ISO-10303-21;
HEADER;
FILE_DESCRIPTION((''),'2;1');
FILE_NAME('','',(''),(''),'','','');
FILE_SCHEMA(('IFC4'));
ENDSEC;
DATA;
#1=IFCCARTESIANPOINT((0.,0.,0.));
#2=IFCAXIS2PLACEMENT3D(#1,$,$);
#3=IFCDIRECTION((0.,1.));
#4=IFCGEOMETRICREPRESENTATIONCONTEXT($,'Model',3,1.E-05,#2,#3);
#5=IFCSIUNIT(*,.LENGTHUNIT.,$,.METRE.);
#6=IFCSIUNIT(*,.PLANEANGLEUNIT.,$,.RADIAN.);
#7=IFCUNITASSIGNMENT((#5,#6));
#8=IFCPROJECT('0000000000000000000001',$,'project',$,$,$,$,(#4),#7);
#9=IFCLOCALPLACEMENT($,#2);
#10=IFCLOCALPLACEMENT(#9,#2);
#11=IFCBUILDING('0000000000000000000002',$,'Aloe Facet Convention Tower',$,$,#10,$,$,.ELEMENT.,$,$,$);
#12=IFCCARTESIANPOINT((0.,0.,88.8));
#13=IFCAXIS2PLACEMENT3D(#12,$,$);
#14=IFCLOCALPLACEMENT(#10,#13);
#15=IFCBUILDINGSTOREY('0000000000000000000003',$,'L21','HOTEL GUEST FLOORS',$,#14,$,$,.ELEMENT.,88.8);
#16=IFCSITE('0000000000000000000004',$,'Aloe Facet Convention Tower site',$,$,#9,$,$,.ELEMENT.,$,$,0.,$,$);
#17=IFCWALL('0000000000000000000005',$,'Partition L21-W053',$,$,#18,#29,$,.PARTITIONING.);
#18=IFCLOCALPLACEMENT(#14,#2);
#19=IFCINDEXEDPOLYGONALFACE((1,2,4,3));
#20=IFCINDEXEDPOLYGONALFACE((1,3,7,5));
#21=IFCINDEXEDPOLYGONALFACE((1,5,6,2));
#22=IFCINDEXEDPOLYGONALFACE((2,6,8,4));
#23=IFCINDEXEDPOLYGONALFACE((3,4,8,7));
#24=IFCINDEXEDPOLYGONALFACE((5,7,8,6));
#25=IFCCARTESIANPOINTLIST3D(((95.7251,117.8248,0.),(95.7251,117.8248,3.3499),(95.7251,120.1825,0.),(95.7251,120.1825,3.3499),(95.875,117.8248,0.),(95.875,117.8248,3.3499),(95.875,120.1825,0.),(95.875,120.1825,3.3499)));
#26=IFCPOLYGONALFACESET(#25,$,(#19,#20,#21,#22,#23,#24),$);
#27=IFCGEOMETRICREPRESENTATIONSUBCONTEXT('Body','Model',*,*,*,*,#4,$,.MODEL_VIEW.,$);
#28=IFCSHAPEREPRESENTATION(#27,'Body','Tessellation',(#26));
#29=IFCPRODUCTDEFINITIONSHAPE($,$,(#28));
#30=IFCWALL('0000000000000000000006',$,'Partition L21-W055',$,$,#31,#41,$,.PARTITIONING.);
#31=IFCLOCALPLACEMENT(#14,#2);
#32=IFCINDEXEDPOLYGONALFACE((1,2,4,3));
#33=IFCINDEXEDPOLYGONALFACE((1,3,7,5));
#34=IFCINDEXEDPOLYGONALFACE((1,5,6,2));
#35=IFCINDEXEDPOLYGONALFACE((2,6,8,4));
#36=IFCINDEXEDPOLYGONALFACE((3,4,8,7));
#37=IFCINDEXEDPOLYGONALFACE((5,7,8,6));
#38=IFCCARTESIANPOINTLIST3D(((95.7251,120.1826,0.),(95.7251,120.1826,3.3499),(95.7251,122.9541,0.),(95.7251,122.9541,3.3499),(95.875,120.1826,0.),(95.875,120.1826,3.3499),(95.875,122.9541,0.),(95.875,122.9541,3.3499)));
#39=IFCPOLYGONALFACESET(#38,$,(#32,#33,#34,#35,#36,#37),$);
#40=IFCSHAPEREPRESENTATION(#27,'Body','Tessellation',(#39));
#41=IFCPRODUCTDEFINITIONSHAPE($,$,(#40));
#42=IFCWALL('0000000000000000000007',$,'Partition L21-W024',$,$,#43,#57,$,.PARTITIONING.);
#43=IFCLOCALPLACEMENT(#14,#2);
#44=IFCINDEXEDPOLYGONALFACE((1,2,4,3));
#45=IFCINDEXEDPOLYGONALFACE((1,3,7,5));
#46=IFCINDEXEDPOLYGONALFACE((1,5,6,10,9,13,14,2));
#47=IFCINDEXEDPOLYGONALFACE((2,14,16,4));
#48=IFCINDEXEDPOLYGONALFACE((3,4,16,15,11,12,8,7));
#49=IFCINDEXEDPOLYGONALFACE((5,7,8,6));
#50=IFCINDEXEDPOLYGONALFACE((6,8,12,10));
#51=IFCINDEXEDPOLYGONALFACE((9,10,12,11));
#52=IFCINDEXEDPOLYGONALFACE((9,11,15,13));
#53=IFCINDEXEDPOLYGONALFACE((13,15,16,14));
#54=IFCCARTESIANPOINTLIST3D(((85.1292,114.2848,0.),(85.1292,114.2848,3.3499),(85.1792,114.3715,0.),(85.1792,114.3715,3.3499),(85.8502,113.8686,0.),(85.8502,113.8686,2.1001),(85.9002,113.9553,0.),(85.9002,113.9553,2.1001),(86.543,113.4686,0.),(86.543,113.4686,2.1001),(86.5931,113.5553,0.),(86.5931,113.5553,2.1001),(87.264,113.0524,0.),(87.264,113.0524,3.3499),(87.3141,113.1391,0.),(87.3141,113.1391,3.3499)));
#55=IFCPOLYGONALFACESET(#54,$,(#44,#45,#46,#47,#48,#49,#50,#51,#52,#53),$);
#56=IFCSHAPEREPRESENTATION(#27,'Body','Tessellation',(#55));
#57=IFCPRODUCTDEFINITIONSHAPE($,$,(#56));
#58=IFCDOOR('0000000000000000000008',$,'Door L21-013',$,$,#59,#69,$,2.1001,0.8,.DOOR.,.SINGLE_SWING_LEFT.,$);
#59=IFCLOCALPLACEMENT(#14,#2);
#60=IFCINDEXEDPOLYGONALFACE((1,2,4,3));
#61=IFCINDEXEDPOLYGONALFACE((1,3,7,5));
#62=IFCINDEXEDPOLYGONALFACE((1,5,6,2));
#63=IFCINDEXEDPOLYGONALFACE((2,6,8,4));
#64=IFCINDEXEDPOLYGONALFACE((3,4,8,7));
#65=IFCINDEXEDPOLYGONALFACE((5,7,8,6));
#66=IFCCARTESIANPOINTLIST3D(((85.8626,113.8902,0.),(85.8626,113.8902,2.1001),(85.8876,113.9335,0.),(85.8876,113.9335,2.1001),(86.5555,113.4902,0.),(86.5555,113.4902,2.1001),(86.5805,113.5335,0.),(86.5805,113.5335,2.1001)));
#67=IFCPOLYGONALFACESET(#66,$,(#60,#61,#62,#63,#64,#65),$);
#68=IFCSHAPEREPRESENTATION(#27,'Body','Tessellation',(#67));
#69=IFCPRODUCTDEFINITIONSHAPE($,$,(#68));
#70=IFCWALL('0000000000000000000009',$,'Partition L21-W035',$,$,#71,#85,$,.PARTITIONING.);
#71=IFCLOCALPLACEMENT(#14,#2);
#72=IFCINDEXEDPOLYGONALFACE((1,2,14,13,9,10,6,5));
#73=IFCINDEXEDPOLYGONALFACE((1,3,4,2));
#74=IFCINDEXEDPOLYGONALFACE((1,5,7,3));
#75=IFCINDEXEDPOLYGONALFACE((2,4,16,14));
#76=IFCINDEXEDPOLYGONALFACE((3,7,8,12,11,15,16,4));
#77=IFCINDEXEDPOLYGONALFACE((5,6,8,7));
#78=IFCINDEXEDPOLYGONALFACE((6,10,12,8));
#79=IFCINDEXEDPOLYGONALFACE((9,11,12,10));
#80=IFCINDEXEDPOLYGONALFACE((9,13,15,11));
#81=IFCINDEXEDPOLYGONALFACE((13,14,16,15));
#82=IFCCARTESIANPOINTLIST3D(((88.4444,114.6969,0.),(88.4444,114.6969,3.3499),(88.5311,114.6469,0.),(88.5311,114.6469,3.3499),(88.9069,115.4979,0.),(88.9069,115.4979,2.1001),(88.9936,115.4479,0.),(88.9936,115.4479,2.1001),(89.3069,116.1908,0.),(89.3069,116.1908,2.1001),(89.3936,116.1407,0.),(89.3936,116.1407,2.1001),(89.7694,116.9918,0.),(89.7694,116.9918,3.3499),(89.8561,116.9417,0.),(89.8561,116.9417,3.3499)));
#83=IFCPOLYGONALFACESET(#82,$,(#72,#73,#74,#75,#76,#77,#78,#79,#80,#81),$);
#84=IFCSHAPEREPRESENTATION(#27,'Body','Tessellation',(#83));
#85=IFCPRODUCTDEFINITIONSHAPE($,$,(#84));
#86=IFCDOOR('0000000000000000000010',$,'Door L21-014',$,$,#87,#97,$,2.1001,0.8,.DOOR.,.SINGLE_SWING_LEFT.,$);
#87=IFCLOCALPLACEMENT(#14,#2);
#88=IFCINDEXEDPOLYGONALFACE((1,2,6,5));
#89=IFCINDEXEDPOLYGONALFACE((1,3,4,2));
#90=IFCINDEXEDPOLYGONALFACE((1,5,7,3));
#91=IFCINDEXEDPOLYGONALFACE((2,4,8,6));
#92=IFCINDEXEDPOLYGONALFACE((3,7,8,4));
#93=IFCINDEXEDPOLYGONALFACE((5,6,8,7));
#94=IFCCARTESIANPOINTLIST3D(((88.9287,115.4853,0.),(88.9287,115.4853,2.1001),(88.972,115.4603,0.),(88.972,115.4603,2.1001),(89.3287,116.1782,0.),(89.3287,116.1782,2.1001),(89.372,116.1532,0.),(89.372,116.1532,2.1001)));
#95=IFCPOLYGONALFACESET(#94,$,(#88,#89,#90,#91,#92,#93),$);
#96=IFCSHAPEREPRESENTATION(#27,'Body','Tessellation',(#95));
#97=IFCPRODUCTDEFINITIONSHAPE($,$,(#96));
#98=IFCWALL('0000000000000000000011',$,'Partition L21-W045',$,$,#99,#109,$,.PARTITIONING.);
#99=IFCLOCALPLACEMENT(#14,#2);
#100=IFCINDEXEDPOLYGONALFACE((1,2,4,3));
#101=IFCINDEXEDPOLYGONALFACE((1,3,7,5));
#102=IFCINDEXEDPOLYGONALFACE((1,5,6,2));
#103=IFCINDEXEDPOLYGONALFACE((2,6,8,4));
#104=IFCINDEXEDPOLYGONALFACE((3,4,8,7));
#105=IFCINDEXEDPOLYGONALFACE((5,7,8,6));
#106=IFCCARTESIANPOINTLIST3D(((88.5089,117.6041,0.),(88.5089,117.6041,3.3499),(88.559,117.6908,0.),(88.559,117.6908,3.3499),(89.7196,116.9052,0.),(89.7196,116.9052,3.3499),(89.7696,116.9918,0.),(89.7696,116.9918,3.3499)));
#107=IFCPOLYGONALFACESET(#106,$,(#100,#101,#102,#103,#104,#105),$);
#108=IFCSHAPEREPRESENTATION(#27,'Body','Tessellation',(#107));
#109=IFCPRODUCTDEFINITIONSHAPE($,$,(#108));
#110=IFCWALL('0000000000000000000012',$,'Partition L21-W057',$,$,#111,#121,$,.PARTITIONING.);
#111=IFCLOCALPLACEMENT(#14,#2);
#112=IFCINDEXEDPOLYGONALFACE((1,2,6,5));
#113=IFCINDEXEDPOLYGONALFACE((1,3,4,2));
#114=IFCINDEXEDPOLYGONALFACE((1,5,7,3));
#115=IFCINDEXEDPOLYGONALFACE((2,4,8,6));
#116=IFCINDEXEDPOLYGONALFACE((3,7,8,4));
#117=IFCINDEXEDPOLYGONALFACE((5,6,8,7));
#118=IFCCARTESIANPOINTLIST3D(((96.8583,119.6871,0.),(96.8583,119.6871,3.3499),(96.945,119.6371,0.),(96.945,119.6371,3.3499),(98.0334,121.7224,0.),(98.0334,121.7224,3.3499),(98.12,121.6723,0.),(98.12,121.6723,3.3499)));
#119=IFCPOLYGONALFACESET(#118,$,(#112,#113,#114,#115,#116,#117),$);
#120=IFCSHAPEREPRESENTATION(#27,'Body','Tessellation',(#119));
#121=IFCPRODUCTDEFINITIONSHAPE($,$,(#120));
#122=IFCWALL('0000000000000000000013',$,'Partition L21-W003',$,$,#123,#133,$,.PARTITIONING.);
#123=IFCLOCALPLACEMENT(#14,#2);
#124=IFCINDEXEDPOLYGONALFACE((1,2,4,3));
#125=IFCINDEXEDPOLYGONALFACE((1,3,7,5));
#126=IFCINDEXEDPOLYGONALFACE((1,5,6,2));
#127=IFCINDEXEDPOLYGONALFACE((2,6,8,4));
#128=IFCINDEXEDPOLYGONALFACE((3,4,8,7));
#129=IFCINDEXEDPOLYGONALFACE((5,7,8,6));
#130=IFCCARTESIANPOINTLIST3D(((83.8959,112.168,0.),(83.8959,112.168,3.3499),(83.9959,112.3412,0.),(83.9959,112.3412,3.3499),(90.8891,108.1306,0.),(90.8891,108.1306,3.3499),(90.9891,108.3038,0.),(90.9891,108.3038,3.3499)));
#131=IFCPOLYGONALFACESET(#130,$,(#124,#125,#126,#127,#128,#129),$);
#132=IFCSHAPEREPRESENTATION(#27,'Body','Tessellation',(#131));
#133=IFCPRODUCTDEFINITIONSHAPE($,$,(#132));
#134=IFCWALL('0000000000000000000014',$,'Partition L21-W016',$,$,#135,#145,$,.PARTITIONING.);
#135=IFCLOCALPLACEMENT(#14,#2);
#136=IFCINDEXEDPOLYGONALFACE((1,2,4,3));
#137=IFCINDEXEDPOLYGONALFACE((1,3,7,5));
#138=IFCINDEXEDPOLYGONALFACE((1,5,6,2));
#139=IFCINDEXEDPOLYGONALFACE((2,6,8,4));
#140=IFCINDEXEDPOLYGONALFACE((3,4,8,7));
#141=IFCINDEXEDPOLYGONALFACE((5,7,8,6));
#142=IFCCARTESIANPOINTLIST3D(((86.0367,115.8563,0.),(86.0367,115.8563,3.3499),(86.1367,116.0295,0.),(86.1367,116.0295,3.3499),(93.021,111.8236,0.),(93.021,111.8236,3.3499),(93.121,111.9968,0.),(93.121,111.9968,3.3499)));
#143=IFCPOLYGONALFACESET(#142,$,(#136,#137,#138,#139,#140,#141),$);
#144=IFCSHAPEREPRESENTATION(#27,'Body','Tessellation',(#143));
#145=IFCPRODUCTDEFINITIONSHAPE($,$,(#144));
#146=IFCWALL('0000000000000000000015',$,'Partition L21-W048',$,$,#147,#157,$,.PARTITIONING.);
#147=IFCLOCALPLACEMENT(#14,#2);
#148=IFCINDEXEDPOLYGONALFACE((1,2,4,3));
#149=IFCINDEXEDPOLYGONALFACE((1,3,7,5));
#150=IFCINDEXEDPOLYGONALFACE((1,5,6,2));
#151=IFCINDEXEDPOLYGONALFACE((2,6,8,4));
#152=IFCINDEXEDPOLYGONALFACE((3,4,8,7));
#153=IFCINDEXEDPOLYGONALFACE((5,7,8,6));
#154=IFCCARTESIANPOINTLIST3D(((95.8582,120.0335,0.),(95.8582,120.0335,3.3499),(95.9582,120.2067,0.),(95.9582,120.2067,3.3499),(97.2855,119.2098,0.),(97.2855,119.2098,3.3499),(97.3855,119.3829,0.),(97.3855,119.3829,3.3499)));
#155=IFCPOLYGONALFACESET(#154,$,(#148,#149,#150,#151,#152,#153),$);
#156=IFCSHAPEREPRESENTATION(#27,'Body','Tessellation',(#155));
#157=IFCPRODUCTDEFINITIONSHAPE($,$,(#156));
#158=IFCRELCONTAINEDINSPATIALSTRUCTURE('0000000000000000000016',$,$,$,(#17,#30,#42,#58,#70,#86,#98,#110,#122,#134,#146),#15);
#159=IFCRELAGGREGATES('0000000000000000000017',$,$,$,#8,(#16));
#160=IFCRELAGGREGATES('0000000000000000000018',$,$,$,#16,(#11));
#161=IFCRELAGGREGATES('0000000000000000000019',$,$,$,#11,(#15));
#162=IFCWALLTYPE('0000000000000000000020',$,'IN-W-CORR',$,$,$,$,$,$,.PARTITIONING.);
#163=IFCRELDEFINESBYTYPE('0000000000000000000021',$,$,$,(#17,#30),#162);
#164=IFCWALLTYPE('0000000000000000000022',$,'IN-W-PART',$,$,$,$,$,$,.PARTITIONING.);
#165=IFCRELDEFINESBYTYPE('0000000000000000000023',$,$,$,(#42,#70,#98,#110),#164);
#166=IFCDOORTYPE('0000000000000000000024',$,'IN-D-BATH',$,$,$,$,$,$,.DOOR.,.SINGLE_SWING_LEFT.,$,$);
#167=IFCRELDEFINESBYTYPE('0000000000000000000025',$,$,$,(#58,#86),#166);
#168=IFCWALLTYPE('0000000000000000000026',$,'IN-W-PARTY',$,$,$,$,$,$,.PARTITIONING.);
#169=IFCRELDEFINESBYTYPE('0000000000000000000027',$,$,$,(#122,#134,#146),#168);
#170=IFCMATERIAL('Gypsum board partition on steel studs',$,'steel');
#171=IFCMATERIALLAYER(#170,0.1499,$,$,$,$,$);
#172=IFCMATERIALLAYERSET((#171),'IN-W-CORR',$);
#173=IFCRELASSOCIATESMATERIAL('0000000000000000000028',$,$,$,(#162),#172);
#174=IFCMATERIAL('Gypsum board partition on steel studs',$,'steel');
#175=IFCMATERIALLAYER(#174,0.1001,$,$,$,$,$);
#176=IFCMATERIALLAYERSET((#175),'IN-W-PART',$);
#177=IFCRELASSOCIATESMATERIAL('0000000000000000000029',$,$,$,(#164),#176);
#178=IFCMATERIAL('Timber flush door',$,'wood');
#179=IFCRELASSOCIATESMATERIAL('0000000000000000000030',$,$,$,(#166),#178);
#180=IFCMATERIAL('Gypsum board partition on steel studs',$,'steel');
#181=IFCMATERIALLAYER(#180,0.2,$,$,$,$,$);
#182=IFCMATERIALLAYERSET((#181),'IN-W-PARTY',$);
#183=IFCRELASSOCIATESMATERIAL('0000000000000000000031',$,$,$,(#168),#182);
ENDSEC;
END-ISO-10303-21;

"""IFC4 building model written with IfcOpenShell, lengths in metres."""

from ifc_helpers import new_model, si_unit, direction, frame, frame_2d, origin, place, context, subcontext, project, spatial, rectangle, extrude, material, layer, layer_set, type_object, element, fill, save


model = new_model("IFC4")

# Units and contexts
model_context = context("Model", 3, precision=1e-05, world=origin(), true_north=direction((0.0, 1.0)))
body_context = subcontext(model_context, "Body", "Model", "MODEL_VIEW")
ifc_project = project(units=[si_unit("LENGTHUNIT", "METRE"), si_unit("PLANEANGLEUNIT", "RADIAN")], contexts=[model_context])

# Site, building, storey
site_placement = place(None, origin())
site = spatial("IfcSite", under=ifc_project, at=site_placement, Name="Aloe Facet Convention Tower site", CompositionType="ELEMENT", RefElevation=0.0)
building_placement = place(site_placement, origin())
building = spatial("IfcBuilding", under=site, at=building_placement, Name="Aloe Facet Convention Tower", CompositionType="ELEMENT")
storey_placement = place(building_placement, frame((0.0, 0.0, 88.8)))
storey = spatial("IfcBuildingStorey", under=building, at=storey_placement, Name="L21", Description="HOTEL GUEST FLOORS", CompositionType="ELEMENT", Elevation=88.8)

# Shared definitions
ifc_material_1 = material(Name="Gypsum board partition on steel studs", Category="steel")
ifc_layer_1 = layer(ifc_material_1, 0.1499)
ifc_layer_set_1 = layer_set([ifc_layer_1], Name="IN-W-CORR")
wall_type_1 = type_object("IfcWallType", Name="IN-W-CORR", PredefinedType="PARTITIONING", material=ifc_layer_set_1)

# Walls
wall_1_placement = place(storey_placement, frame((95.8, 117.825, 0.0), z_axis=(0.0, 0.0, 1.0), x_axis=(0.0, 1.0, 0.0)))
element("IfcWall", 1, at=wall_1_placement, inside=storey, type_object=wall_type_1, Name="Partition L21-W053", PredefinedType="PARTITIONING", context=body_context, shape_type="SweptSolid", body=[
    extrude(rectangle(XDim=2.3577, YDim=0.1499, at=frame_2d((1.1787, 0.0))), origin(), (0.0, 0.0, 1.0), 3.3499),
])
wall_2_placement = place(storey_placement, frame((95.8, 120.1826, 0.0), z_axis=(0.0, 0.0, 1.0), x_axis=(0.0, 1.0, 0.0)))
element("IfcWall", 2, at=wall_2_placement, inside=storey, type_object=wall_type_1, Name="Partition L21-W055", PredefinedType="PARTITIONING", context=body_context, shape_type="SweptSolid", body=[
    extrude(rectangle(XDim=2.7715, YDim=0.1499, at=frame_2d((1.3857, 0.0))), origin(), (0.0, 0.0, 1.0), 3.3499),
])

# Walls, openings, doors
ifc_material_2 = material(Name="Gypsum board partition on steel studs", Category="steel")
ifc_layer_2 = layer(ifc_material_2, 0.1001)
ifc_layer_set_2 = layer_set([ifc_layer_2], Name="IN-W-PART")
wall_type_2 = type_object("IfcWallType", Name="IN-W-PART", PredefinedType="PARTITIONING", material=ifc_layer_set_2)
wall_3_placement = place(storey_placement, frame((85.1543, 114.3281, 0.0), z_axis=(0.0, 0.0, 1.0), x_axis=(0.86604, -0.499974, 0.0)))
wall_3 = element("IfcWall", 3, at=wall_3_placement, inside=storey, type_object=wall_type_2, Name="Partition L21-W024", PredefinedType="PARTITIONING", context=body_context, shape_type="SweptSolid", body=[
    extrude(rectangle(XDim=2.4651, YDim=0.1001, at=frame_2d((1.2324, 0.0))), origin(), (0.0, 0.0, 1.0), 3.3499),
])
opening_1_placement = place(wall_3_placement, frame((0.8325, 0.0, 0.0)))
opening_1 = element("IfcOpeningElement", 4, at=opening_1_placement, cuts=wall_3, PredefinedType="OPENING", context=body_context, shape_type="SweptSolid", body=[
    extrude(rectangle(XDim=0.8, YDim=2.1001, at=frame_2d((0.3999, 1.05))), frame((0.0, 0.0601, 0.0), z_axis=(0.0, -1.0, 0.0), x_axis=(1.0, 0.0, 0.0)), (0.0, 0.0, 1.0), 0.1201),
])
ifc_material_3 = material(Name="Timber flush door", Category="wood")
door_type_1 = type_object("IfcDoorType", Name="IN-D-BATH", OperationType="SINGLE_SWING_LEFT", PredefinedType="DOOR", material=ifc_material_3)
door_1_placement = place(opening_1_placement, origin())
door_1 = element("IfcDoor", 5, at=door_1_placement, inside=storey, type_object=door_type_1, Name="Door L21-013", OperationType="SINGLE_SWING_LEFT", OverallHeight=2.1001, OverallWidth=0.8, PredefinedType="DOOR", context=body_context, shape_type="SweptSolid", body=[
    extrude(rectangle(XDim=0.8, YDim=2.1001, at=frame_2d((0.3999, 1.05))), frame((0.0, 0.0249, 0.0), z_axis=(0.0, -1.0, 0.0), x_axis=(1.0, 0.0, 0.0)), (0.0, 0.0, 1.0), 0.05),
])
fill(opening_1, door_1)
wall_4_placement = place(storey_placement, frame((88.4878, 114.6719, 0.0), z_axis=(0.0, 0.0, 1.0), x_axis=(0.499994, 0.866029, 0.0)))
wall_4 = element("IfcWall", 6, at=wall_4_placement, inside=storey, type_object=wall_type_2, Name="Partition L21-W035", PredefinedType="PARTITIONING", context=body_context, shape_type="SweptSolid", body=[
    extrude(rectangle(XDim=2.6499, YDim=0.1001, at=frame_2d((1.325, 0.0))), origin(), (0.0, 0.0, 1.0), 3.3499),
])
opening_2_placement = place(wall_4_placement, frame((0.925, 0.0, 0.0)))
opening_2 = element("IfcOpeningElement", 7, at=opening_2_placement, cuts=wall_4, PredefinedType="OPENING", context=body_context, shape_type="SweptSolid", body=[
    extrude(rectangle(XDim=0.8, YDim=2.1001, at=frame_2d((0.3999, 1.05))), frame((0.0, 0.0601, 0.0), z_axis=(0.0, -1.0, 0.0), x_axis=(1.0, 0.0, 0.0)), (0.0, 0.0, 1.0), 0.1201),
])
door_2_placement = place(opening_2_placement, origin())
door_2 = element("IfcDoor", 8, at=door_2_placement, inside=storey, type_object=door_type_1, Name="Door L21-014", OperationType="SINGLE_SWING_LEFT", OverallHeight=2.1001, OverallWidth=0.8, PredefinedType="DOOR", context=body_context, shape_type="SweptSolid", body=[
    extrude(rectangle(XDim=0.8, YDim=2.1001, at=frame_2d((0.3999, 1.05))), frame((0.0, 0.0249, 0.0), z_axis=(0.0, -1.0, 0.0), x_axis=(1.0, 0.0, 0.0)), (0.0, 0.0, 1.0), 0.05),
])
fill(opening_2, door_2)

# Walls
wall_5_placement = place(storey_placement, frame((88.5339, 117.6475, 0.0), z_axis=(0.0, 0.0, 1.0), x_axis=(0.866031, -0.49999, 0.0)))
element("IfcWall", 9, at=wall_5_placement, inside=storey, type_object=wall_type_2, Name="Partition L21-W045", PredefinedType="PARTITIONING", context=body_context, shape_type="SweptSolid", body=[
    extrude(rectangle(XDim=1.3979, YDim=0.1001, at=frame_2d((0.699, 0.0))), origin(), (0.0, 0.0, 1.0), 3.3499),
])
wall_6_placement = place(storey_placement, frame((96.9016, 119.6621, 0.0), z_axis=(0.0, 0.0, 1.0), x_axis=(0.500016, 0.866016, 0.0)))
element("IfcWall", 10, at=wall_6_placement, inside=storey, type_object=wall_type_2, Name="Partition L21-W057", PredefinedType="PARTITIONING", context=body_context, shape_type="SweptSolid", body=[
    extrude(rectangle(XDim=2.3501, YDim=0.1001, at=frame_2d((1.175, 0.0))), origin(), (0.0, 0.0, 1.0), 3.3499),
])
ifc_material_4 = material(Name="Gypsum board partition on steel studs", Category="steel")
ifc_layer_3 = layer(ifc_material_4, 0.2)
ifc_layer_set_3 = layer_set([ifc_layer_3], Name="IN-W-PARTY")
wall_type_3 = type_object("IfcWallType", Name="IN-W-PARTY", PredefinedType="PARTITIONING", material=ifc_layer_set_3)
wall_7_placement = place(storey_placement, frame((83.9458, 112.2546, 0.0), z_axis=(0.0, 0.0, 1.0), x_axis=(0.866034, -0.499986, 0.0)))
element("IfcWall", 11, at=wall_7_placement, inside=storey, type_object=wall_type_3, Name="Partition L21-W003", PredefinedType="PARTITIONING", context=body_context, shape_type="SweptSolid", body=[
    extrude(rectangle(XDim=8.075, YDim=0.2, at=frame_2d((4.0376, 0.0))), origin(), (0.0, 0.0, 1.0), 3.3499),
])
wall_8_placement = place(storey_placement, frame((86.0867, 115.9429, 0.0), z_axis=(0.0, 0.0, 1.0), x_axis=(0.86601, -0.500026, 0.0)))
element("IfcWall", 12, at=wall_8_placement, inside=storey, type_object=wall_type_3, Name="Partition L21-W016", PredefinedType="PARTITIONING", context=body_context, shape_type="SweptSolid", body=[
    extrude(rectangle(XDim=8.0649, YDim=0.2, at=frame_2d((4.0325, 0.0))), origin(), (0.0, 0.0, 1.0), 3.3499),
])
wall_9_placement = place(storey_placement, frame((95.9082, 120.1201, 0.0), z_axis=(0.0, 0.0, 1.0), x_axis=(0.866102, -0.499868, 0.0)))
element("IfcWall", 13, at=wall_9_placement, inside=storey, type_object=wall_type_3, Name="Partition L21-W048", PredefinedType="PARTITIONING", context=body_context, shape_type="SweptSolid", body=[
    extrude(rectangle(XDim=1.6479, YDim=0.2, at=frame_2d((0.824, 0.0))), origin(), (0.0, 0.0, 1.0), 3.3499),
])

save(model, "model.ifc")
